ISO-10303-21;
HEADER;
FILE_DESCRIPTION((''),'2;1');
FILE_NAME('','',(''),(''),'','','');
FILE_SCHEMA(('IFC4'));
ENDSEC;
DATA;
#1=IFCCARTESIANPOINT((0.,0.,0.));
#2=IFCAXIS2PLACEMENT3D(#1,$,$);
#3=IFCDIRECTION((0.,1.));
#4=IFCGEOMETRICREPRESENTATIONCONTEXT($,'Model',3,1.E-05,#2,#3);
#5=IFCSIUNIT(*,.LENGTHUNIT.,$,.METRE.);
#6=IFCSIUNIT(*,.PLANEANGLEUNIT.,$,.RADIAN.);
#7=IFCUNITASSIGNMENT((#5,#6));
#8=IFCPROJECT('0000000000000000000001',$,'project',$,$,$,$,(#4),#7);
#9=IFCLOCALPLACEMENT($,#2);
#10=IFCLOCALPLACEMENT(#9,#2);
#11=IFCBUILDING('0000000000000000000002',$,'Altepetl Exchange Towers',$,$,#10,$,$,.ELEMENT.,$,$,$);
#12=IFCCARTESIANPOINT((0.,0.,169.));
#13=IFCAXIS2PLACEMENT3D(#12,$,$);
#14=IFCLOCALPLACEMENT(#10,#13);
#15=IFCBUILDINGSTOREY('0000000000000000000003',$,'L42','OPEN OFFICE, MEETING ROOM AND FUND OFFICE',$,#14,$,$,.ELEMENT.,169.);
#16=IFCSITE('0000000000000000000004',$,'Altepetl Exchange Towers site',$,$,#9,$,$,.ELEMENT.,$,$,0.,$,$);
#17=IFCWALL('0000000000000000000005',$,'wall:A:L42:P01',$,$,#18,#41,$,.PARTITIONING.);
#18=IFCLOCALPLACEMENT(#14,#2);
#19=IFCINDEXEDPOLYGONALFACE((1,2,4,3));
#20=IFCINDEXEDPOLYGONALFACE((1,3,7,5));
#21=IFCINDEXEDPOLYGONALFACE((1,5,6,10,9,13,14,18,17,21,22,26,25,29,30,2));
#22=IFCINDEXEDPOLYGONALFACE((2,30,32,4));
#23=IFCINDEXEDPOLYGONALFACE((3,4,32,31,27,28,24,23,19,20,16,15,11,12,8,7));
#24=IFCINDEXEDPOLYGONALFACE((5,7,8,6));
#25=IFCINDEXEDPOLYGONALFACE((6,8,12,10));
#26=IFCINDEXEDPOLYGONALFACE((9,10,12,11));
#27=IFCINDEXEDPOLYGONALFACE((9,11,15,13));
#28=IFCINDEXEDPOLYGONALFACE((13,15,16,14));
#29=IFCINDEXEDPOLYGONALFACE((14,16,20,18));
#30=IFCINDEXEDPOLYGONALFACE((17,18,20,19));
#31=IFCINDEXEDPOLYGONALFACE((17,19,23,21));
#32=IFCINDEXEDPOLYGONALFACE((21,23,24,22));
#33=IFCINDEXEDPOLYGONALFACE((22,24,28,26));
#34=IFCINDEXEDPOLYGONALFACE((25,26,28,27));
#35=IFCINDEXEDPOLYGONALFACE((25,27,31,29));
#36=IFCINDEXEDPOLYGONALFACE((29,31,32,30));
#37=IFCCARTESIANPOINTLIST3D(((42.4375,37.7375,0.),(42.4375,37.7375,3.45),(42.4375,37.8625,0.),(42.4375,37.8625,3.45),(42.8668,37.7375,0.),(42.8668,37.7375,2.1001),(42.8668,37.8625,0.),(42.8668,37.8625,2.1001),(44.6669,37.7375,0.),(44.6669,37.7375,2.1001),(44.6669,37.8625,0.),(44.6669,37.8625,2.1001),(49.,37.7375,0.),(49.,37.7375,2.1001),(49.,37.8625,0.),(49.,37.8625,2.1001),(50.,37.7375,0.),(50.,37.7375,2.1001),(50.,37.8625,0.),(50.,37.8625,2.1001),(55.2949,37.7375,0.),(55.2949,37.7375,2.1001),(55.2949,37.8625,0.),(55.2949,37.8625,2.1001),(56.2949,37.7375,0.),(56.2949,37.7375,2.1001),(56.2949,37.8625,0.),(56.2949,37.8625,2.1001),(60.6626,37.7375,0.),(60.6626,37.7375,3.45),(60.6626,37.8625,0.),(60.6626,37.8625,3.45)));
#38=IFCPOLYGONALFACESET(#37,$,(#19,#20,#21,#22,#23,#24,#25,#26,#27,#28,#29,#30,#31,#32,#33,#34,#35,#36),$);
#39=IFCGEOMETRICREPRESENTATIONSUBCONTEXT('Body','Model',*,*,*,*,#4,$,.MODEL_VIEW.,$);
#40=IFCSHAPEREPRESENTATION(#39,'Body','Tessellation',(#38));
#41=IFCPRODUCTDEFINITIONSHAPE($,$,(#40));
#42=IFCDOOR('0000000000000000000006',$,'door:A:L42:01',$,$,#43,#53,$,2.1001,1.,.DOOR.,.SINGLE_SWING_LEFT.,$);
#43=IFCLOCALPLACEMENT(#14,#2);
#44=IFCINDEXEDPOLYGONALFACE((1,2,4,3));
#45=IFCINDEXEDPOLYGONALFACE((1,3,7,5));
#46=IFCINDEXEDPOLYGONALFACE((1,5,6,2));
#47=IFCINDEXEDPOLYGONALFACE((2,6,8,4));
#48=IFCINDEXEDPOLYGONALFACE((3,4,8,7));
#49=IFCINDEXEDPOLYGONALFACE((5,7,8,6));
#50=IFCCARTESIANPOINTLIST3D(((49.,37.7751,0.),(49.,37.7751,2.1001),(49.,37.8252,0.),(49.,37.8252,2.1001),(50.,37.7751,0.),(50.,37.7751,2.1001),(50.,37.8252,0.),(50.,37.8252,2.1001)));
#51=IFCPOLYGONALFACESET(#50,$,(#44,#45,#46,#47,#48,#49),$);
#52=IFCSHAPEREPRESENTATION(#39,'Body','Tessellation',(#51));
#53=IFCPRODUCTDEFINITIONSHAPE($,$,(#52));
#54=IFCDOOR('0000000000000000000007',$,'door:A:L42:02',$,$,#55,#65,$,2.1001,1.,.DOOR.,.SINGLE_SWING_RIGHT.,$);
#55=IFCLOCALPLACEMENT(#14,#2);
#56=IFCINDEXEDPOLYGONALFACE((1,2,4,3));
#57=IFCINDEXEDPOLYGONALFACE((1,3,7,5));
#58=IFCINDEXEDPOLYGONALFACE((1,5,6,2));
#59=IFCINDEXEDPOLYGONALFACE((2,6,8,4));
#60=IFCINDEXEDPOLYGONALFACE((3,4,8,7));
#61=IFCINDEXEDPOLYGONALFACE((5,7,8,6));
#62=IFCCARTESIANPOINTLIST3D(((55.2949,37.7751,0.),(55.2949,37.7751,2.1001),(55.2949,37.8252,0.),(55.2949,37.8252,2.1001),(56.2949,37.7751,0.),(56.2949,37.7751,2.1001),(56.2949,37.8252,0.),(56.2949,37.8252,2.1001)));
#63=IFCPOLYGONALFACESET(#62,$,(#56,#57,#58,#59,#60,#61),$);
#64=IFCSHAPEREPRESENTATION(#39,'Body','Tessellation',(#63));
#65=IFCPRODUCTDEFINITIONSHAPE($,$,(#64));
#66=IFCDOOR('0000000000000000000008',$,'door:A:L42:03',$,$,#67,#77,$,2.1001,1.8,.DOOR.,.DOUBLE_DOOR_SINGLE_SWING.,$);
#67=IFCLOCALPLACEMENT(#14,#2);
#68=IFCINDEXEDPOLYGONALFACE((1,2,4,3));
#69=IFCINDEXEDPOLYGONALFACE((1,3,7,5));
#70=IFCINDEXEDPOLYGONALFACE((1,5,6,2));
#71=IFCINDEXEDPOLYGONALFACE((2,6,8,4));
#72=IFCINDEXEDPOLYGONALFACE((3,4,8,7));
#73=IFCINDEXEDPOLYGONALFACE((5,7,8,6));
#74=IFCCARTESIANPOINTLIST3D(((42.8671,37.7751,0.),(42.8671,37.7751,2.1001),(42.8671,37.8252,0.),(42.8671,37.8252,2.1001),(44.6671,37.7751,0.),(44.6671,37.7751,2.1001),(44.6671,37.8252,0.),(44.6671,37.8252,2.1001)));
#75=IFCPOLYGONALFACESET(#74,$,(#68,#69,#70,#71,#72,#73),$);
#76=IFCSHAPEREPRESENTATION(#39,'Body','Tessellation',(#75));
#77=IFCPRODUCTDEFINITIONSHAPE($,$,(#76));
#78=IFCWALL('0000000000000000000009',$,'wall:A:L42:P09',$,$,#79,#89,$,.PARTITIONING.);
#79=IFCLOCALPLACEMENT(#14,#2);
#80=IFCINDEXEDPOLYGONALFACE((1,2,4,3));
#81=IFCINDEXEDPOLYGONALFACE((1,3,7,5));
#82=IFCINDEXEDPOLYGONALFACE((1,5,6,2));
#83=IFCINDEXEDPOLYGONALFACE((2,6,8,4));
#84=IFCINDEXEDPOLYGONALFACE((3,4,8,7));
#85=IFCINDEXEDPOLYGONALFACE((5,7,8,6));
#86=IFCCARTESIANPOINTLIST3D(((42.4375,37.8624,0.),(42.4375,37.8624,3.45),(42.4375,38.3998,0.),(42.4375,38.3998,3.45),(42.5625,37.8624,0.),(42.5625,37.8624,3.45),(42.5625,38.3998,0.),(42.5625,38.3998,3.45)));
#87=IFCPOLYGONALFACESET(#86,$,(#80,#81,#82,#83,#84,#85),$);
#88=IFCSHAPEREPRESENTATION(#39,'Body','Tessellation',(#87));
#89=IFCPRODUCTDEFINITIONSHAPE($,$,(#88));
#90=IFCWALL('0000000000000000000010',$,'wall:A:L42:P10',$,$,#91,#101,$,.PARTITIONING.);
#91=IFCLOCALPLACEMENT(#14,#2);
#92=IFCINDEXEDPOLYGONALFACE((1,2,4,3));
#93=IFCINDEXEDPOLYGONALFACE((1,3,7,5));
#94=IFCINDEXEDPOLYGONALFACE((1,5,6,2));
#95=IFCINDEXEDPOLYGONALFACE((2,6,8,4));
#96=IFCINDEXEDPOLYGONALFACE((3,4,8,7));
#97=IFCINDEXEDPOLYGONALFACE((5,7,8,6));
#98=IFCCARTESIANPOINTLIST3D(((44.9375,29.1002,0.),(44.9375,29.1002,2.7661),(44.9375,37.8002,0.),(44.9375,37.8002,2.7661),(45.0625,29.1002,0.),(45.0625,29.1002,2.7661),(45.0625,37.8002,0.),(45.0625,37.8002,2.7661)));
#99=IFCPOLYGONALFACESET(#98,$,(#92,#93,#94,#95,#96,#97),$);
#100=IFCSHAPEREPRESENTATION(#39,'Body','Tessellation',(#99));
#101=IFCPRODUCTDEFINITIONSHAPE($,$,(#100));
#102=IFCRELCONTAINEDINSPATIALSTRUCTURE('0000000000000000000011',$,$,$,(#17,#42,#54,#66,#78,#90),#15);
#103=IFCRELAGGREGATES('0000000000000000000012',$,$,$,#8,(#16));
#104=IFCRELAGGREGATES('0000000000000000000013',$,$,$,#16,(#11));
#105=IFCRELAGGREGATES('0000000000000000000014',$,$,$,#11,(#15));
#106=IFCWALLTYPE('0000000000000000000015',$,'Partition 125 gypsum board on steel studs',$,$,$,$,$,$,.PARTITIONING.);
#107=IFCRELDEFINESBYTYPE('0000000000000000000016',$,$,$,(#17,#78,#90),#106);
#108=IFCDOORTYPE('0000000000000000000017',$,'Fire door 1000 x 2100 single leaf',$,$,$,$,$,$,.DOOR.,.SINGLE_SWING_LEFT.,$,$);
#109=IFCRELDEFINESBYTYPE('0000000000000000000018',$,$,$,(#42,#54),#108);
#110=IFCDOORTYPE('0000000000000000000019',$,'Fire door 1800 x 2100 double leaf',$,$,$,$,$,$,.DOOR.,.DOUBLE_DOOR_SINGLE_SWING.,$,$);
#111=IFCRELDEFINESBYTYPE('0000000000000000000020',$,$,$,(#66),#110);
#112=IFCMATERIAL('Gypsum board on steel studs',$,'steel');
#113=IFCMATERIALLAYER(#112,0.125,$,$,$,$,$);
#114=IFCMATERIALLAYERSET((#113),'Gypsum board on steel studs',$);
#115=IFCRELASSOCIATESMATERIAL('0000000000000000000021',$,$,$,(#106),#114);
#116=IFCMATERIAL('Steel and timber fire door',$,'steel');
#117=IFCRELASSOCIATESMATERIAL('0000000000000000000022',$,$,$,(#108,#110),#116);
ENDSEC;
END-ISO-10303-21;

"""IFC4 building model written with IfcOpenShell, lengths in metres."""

from ifc_helpers import new_model, si_unit, direction, frame, frame_2d, origin, place, context, subcontext, project, spatial, rectangle, extrude, material, layer, layer_set, type_object, element, fill, save


model = new_model("IFC4")

# Units and contexts
model_context = context("Model", 3, precision=1e-05, world=origin(), true_north=direction((0.0, 1.0)))
body_context = subcontext(model_context, "Body", "Model", "MODEL_VIEW")
ifc_project = project(units=[si_unit("LENGTHUNIT", "METRE"), si_unit("PLANEANGLEUNIT", "RADIAN")], contexts=[model_context])

# Site, building, storey
site_placement = place(None, origin())
site = spatial("IfcSite", under=ifc_project, at=site_placement, Name="Altepetl Exchange Towers site", CompositionType="ELEMENT", RefElevation=0.0)
building_placement = place(site_placement, origin())
building = spatial("IfcBuilding", under=site, at=building_placement, Name="Altepetl Exchange Towers", CompositionType="ELEMENT")
storey_placement = place(building_placement, frame((0.0, 0.0, 169.0)))
storey = spatial("IfcBuildingStorey", under=building, at=storey_placement, Name="L42", Description="OPEN OFFICE, MEETING ROOM AND FUND OFFICE", CompositionType="ELEMENT", Elevation=169.0)

# Wall, openings, doors
ifc_material_1 = material(Name="Gypsum board on steel studs", Category="steel")
ifc_layer_1 = layer(ifc_material_1, 0.125)
ifc_layer_set_1 = layer_set([ifc_layer_1], Name="Gypsum board on steel studs")
wall_type_1 = type_object("IfcWallType", Name="Partition 125 gypsum board on steel studs", PredefinedType="PARTITIONING", material=ifc_layer_set_1)
wall_1_placement = place(storey_placement, frame((42.4375, 37.8, 0.0)))
wall_1 = element("IfcWall", 1, at=wall_1_placement, inside=storey, type_object=wall_type_1, Name="wall:A:L42:P01", PredefinedType="PARTITIONING", context=body_context, shape_type="SweptSolid", body=[
    extrude(rectangle(XDim=18.2251, YDim=0.125, at=frame_2d((9.1125, 0.0))), origin(), (0.0, 0.0, 1.0), 3.45),
])
opening_1_placement = place(wall_1_placement, frame((6.5625, 0.0, 0.0)))
opening_1 = element("IfcOpeningElement", 2, at=opening_1_placement, cuts=wall_1, PredefinedType="OPENING", context=body_context, shape_type="SweptSolid", body=[
    extrude(rectangle(XDim=1.0, YDim=2.1001, at=frame_2d((0.5, 1.05))), frame((0.0, 0.0725, 0.0), z_axis=(0.0, -1.0, 0.0), x_axis=(1.0, 0.0, 0.0)), (0.0, 0.0, 1.0), 0.145),
])
opening_2_placement = place(wall_1_placement, frame((12.8574, 0.0, 0.0)))
opening_2 = element("IfcOpeningElement", 3, at=opening_2_placement, cuts=wall_1, PredefinedType="OPENING", context=body_context, shape_type="SweptSolid", body=[
    extrude(rectangle(XDim=1.0, YDim=2.1001, at=frame_2d((0.5, 1.05))), frame((0.0, 0.0725, 0.0), z_axis=(0.0, -1.0, 0.0), x_axis=(1.0, 0.0, 0.0)), (0.0, 0.0, 1.0), 0.145),
])
opening_3_placement = place(wall_1_placement, frame((0.4294, 0.0, 0.0)))
opening_3 = element("IfcOpeningElement", 4, at=opening_3_placement, cuts=wall_1, PredefinedType="OPENING", context=body_context, shape_type="SweptSolid", body=[
    extrude(rectangle(XDim=1.8, YDim=2.1001, at=frame_2d((0.8999, 1.05))), frame((0.0, 0.0725, 0.0), z_axis=(0.0, -1.0, 0.0), x_axis=(1.0, 0.0, 0.0)), (0.0, 0.0, 1.0), 0.145),
])
ifc_material_2 = material(Name="Steel and timber fire door", Category="steel")
door_type_1 = type_object("IfcDoorType", Name="Fire door 1000 x 2100 single leaf", OperationType="SINGLE_SWING_LEFT", PredefinedType="DOOR", material=ifc_material_2)
door_1_placement = place(opening_1_placement, frame((1.0, 0.0, 0.0), x_axis=(-1.0, 0.0, 0.0)))
door_1 = element("IfcDoor", 5, at=door_1_placement, inside=storey, type_object=door_type_1, Name="door:A:L42:01", OperationType="SINGLE_SWING_LEFT", OverallHeight=2.1001, OverallWidth=1.0, PredefinedType="DOOR", context=body_context, shape_type="SweptSolid", body=[
    extrude(rectangle(XDim=1.0, YDim=2.1001, at=frame_2d((0.5, 1.05))), frame((0.0, 0.0249, 0.0), z_axis=(0.0, -1.0, 0.0), x_axis=(1.0, 0.0, 0.0)), (0.0, 0.0, 1.0), 0.05),
])
fill(opening_1, door_1)
door_2_placement = place(opening_2_placement, frame((1.0, 0.0, 0.0), x_axis=(-1.0, 0.0, 0.0)))
door_2 = element("IfcDoor", 6, at=door_2_placement, inside=storey, type_object=door_type_1, Name="door:A:L42:02", OperationType="SINGLE_SWING_RIGHT", OverallHeight=2.1001, OverallWidth=1.0, PredefinedType="DOOR", context=body_context, shape_type="SweptSolid", body=[
    extrude(rectangle(XDim=1.0, YDim=2.1001, at=frame_2d((0.5, 1.05))), frame((0.0, 0.0249, 0.0), z_axis=(0.0, -1.0, 0.0), x_axis=(1.0, 0.0, 0.0)), (0.0, 0.0, 1.0), 0.05),
])
fill(opening_2, door_2)
door_type_2 = type_object("IfcDoorType", Name="Fire door 1800 x 2100 double leaf", OperationType="DOUBLE_DOOR_SINGLE_SWING", PredefinedType="DOOR", material=ifc_material_2)
door_3_placement = place(opening_3_placement, frame((1.8, 0.0, 0.0), x_axis=(-1.0, 0.0, 0.0)))
door_3 = element("IfcDoor", 7, at=door_3_placement, inside=storey, type_object=door_type_2, Name="door:A:L42:03", OperationType="DOUBLE_DOOR_SINGLE_SWING", OverallHeight=2.1001, OverallWidth=1.8, PredefinedType="DOOR", context=body_context, shape_type="SweptSolid", body=[
    extrude(rectangle(XDim=1.8, YDim=2.1001, at=frame_2d((0.8999, 1.05))), frame((0.0, 0.0249, 0.0), z_axis=(0.0, -1.0, 0.0), x_axis=(1.0, 0.0, 0.0)), (0.0, 0.0, 1.0), 0.05),
])
fill(opening_3, door_3)

# Walls
wall_2_placement = place(storey_placement, frame((42.5, 37.8625, 0.0), z_axis=(0.0, 0.0, 1.0), x_axis=(0.0, 1.0, 0.0)))
element("IfcWall", 8, at=wall_2_placement, inside=storey, type_object=wall_type_1, Name="wall:A:L42:P09", PredefinedType="PARTITIONING", context=body_context, shape_type="SweptSolid", body=[
    extrude(rectangle(XDim=0.5374, YDim=0.125, at=frame_2d((0.2686, 0.0))), origin(), (0.0, 0.0, 1.0), 3.45),
])
wall_3_placement = place(storey_placement, frame((45.0, 29.1001, 0.0), z_axis=(0.0, 0.0, 1.0), x_axis=(0.0, 1.0, 0.0)))
element("IfcWall", 9, at=wall_3_placement, inside=storey, type_object=wall_type_1, Name="wall:A:L42:P10", PredefinedType="PARTITIONING", context=body_context, shape_type="SweptSolid", body=[
    extrude(rectangle(XDim=8.7, YDim=0.125, at=frame_2d((4.3501, 0.0))), origin(), (0.0, 0.0, 1.0), 2.7661),
])

save(model, "model.ifc")
